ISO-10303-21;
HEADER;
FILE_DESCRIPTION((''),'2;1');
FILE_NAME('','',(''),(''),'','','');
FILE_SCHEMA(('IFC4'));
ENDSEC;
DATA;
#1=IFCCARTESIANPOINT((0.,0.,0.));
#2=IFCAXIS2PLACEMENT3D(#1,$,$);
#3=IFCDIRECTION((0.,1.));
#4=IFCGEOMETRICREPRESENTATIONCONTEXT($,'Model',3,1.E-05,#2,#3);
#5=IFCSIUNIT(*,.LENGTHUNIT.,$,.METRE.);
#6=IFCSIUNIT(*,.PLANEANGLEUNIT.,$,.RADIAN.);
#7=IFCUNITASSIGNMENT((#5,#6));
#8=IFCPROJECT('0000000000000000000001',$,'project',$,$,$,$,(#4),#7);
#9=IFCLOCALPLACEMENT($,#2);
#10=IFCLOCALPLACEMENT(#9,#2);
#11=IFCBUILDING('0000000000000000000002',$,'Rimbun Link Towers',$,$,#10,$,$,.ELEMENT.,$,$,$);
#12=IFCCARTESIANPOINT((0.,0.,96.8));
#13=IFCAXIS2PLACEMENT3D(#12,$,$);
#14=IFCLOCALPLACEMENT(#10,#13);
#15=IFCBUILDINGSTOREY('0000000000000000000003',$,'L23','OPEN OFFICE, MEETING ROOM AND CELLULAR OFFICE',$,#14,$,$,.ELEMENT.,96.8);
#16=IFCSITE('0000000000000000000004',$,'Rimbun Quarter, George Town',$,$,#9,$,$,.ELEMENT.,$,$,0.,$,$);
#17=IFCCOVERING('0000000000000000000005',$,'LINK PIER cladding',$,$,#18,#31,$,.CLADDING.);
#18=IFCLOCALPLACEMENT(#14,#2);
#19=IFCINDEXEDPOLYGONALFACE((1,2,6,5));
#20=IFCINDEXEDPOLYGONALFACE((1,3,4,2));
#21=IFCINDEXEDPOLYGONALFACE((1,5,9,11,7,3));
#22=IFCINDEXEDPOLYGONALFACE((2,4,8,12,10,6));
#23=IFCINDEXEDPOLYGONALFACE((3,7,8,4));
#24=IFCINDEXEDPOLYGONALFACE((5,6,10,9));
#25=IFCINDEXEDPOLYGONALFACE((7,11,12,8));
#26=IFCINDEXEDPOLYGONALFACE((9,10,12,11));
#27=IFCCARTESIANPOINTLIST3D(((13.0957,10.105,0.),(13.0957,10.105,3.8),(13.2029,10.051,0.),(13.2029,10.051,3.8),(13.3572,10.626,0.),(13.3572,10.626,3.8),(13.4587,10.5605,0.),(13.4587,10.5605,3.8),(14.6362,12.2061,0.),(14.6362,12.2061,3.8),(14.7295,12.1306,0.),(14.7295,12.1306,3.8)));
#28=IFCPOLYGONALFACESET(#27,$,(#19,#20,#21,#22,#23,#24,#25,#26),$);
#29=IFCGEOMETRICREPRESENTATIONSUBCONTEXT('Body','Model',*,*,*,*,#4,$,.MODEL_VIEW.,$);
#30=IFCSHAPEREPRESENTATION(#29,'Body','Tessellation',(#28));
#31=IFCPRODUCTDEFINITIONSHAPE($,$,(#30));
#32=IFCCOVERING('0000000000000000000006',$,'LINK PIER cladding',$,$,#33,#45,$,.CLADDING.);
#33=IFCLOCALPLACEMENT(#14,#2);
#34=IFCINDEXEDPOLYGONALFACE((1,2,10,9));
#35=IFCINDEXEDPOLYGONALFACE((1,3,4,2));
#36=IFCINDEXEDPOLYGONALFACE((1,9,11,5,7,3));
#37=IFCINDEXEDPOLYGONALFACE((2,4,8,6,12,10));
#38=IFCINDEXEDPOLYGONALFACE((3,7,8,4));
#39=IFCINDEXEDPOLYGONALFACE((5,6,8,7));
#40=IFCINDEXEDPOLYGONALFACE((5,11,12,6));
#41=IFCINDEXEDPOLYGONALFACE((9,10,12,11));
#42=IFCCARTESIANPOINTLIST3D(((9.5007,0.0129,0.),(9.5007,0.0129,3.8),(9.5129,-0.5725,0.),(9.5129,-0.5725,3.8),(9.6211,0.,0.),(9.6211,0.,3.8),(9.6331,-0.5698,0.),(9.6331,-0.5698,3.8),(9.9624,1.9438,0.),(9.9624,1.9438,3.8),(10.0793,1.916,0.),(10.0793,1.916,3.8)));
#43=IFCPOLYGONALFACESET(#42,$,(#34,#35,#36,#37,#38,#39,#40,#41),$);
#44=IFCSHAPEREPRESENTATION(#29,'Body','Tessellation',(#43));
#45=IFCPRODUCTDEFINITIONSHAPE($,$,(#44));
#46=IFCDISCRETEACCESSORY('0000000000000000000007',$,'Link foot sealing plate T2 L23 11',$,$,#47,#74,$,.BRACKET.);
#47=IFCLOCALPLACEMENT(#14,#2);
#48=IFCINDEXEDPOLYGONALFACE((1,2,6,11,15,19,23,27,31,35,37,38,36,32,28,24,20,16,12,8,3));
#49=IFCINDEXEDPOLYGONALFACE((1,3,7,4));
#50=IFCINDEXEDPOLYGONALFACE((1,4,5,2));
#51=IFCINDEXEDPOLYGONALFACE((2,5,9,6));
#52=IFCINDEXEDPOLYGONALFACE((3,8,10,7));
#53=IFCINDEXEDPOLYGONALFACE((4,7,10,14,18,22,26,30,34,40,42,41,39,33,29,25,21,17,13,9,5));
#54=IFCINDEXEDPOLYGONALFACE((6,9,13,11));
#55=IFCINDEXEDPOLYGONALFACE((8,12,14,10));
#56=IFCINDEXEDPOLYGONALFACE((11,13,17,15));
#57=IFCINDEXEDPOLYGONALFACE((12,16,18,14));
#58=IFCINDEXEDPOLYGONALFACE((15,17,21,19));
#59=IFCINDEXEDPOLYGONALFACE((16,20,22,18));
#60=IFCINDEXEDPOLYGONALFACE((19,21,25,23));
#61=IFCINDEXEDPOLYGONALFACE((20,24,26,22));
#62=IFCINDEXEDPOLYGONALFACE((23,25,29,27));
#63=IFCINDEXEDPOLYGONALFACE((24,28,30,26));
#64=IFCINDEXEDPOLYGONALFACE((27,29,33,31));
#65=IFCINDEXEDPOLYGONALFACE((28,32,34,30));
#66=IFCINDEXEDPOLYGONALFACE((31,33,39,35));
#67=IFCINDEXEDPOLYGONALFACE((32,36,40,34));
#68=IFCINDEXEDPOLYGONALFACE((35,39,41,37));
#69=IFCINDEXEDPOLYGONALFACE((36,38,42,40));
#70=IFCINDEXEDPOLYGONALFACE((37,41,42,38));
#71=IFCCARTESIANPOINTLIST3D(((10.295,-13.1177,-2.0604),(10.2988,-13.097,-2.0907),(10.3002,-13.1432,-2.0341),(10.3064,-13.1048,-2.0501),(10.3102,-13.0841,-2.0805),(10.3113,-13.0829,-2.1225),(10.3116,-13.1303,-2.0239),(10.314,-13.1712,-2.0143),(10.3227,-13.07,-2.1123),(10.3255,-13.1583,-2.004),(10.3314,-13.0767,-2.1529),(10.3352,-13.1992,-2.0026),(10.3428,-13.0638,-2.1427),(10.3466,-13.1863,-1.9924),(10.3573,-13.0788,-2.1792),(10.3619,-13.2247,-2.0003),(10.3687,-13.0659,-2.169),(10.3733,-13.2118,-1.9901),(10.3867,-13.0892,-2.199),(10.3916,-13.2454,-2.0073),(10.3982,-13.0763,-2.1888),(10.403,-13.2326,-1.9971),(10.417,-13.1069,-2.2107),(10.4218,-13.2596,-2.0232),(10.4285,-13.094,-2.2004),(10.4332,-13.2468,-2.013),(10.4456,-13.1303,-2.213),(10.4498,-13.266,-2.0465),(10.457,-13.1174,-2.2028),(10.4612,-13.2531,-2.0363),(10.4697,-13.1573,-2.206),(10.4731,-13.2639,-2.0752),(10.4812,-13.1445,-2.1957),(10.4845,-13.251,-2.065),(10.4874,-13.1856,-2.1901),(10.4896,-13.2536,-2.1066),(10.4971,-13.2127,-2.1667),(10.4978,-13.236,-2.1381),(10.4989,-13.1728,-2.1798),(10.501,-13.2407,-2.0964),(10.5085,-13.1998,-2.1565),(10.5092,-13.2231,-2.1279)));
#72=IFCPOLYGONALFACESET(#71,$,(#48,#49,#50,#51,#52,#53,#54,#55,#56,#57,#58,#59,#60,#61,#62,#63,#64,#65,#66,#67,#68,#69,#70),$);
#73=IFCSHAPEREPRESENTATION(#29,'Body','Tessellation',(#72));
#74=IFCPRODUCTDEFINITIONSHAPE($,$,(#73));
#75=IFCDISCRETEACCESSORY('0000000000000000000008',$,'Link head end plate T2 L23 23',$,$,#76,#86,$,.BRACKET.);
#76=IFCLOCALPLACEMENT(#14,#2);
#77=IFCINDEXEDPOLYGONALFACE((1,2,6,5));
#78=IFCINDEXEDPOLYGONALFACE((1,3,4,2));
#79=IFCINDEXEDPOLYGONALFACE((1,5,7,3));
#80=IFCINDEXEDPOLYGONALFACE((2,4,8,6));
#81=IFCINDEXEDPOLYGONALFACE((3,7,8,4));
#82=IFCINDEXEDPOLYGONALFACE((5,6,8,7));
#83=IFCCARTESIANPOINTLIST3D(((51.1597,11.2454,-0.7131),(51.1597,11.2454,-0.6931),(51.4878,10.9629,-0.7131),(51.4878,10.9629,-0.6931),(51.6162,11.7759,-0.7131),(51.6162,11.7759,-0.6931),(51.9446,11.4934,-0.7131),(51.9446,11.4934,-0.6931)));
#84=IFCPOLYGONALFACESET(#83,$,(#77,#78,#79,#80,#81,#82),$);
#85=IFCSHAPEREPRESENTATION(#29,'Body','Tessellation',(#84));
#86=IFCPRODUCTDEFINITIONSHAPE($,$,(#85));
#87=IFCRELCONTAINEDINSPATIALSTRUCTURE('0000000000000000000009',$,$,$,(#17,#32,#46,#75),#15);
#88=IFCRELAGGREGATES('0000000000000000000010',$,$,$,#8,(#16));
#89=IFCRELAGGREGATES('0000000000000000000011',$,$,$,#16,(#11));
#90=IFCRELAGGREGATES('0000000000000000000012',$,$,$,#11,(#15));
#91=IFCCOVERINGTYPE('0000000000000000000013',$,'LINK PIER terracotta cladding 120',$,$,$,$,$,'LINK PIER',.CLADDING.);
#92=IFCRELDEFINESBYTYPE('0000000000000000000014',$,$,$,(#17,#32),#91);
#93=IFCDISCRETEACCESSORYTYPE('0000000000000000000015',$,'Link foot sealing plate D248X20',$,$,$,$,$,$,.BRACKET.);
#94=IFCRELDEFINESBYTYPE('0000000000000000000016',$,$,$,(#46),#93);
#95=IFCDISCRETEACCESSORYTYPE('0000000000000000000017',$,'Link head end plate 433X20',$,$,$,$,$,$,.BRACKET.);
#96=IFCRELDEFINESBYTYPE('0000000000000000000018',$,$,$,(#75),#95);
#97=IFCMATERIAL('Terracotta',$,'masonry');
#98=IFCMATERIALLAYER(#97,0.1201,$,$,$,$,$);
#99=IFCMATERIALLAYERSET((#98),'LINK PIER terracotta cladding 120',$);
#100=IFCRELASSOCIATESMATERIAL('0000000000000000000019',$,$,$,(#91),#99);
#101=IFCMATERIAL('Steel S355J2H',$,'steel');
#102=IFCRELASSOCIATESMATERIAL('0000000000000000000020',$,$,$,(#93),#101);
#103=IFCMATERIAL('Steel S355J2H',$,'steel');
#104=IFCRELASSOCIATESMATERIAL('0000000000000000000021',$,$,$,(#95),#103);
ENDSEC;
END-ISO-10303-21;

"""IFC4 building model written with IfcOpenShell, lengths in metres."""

from ifc_helpers import new_model, si_unit, direction, frame, origin, origin_2d, place, context, subcontext, project, spatial, polyline, rectangle, circle, outline, extrude, material, layer, layer_set, material_profile, profile_set, type_object, element, save


model = new_model("IFC4")

# Units and contexts
model_context = context("Model", 3, precision=1e-05, world=origin(), true_north=direction((0.0, 1.0)))
body_context = subcontext(model_context, "Body", "Model", "MODEL_VIEW")
ifc_project = project(units=[si_unit("LENGTHUNIT", "METRE"), si_unit("PLANEANGLEUNIT", "RADIAN")], contexts=[model_context])

# Site, building, storey
site_placement = place(None, origin())
site = spatial("IfcSite", under=ifc_project, at=site_placement, Name="Rimbun Quarter, George Town", CompositionType="ELEMENT", RefElevation=0.0)
building_placement = place(site_placement, origin())
building = spatial("IfcBuilding", under=site, at=building_placement, Name="Rimbun Link Towers", CompositionType="ELEMENT")
storey_placement = place(building_placement, frame((0.0, 0.0, 96.8)))
storey = spatial("IfcBuildingStorey", under=building, at=storey_placement, Name="L23", Description="OPEN OFFICE, MEETING ROOM AND CELLULAR OFFICE", CompositionType="ELEMENT", Elevation=96.8)

# Coverings
ifc_material_1 = material(Name="Terracotta", Category="masonry")
ifc_layer_1 = layer(ifc_material_1, 0.1201)
ifc_layer_set_1 = layer_set([ifc_layer_1], Name="LINK PIER terracotta cladding 120")
covering_type_1 = type_object("IfcCoveringType", Name="LINK PIER terracotta cladding 120", ElementType="LINK PIER", PredefinedType="CLADDING", material=ifc_layer_set_1)
covering_1_placement = place(storey_placement, origin())
element("IfcCovering", 1, at=covering_1_placement, inside=storey, type_object=covering_type_1, Name="LINK PIER cladding", PredefinedType="CLADDING", context=body_context, shape_type="SweptSolid", body=[
    extrude(outline(polyline([(13.2029, 10.051), (13.4587, 10.5605), (14.7295, 12.1306), (14.6362, 12.2061), (13.3572, 10.626), (13.0957, 10.105), (13.2029, 10.051)])), origin(), (0.0, 0.0, 1.0), 3.8),
])
covering_2_placement = place(storey_placement, origin())
element("IfcCovering", 2, at=covering_2_placement, inside=storey, type_object=covering_type_1, Name="LINK PIER cladding", PredefinedType="CLADDING", context=body_context, shape_type="SweptSolid", body=[
    extrude(outline(polyline([(9.6331, -0.5698), (9.6211, 0.0), (10.0793, 1.916), (9.9624, 1.9438), (9.5007, 0.0129), (9.5129, -0.5725), (9.6331, -0.5698)])), origin(), (0.0, 0.0, 1.0), 3.8),
])

# Discrete accessories
ifc_material_2 = material(Name="Steel S355J2H", Category="steel")
ifc_material_profile_1 = material_profile(ifc_material_2, circle(Radius=0.124, at=origin_2d()), Name="PL D248")
ifc_profile_set_1 = profile_set([ifc_material_profile_1], Name="Steel S355J2H")
discrete_accessory_type_1 = type_object("IfcDiscreteAccessoryType", Name="Link foot sealing plate D248X20", PredefinedType="BRACKET", material=ifc_profile_set_1)
discrete_accessory_1_placement = place(storey_placement, frame((10.4082, -13.1584, -2.0964), z_axis=(-0.570715, -0.643572, -0.51), x_axis=(0.748188, -0.663487, 0.0)))
element("IfcDiscreteAccessory", 3, at=discrete_accessory_1_placement, inside=storey, type_object=discrete_accessory_type_1, Name="Link foot sealing plate T2 L23 11", PredefinedType="BRACKET", context=body_context, shape_type="SweptSolid", body=[
    extrude(circle(Radius=0.124, at=origin_2d()), origin(), (0.0, 0.0, 1.0), 0.02),
])
ifc_material_3 = material(Name="Steel S355J2H", Category="steel")
ifc_material_profile_2 = material_profile(ifc_material_3, rectangle(XDim=0.4331, YDim=0.4331, at=origin_2d()), Name="PL 433x433")
ifc_profile_set_2 = profile_set([ifc_material_profile_2], Name="Steel S355J2H")
discrete_accessory_type_2 = type_object("IfcDiscreteAccessoryType", Name="Link head end plate 433X20", PredefinedType="BRACKET", material=ifc_profile_set_2)
discrete_accessory_2_placement = place(storey_placement, frame((0.0, 0.0, -0.7131)))
element("IfcDiscreteAccessory", 4, at=discrete_accessory_2_placement, inside=storey, type_object=discrete_accessory_type_2, Name="Link head end plate T2 L23 23", PredefinedType="BRACKET", context=body_context, shape_type="SweptSolid", body=[
    extrude(outline(polyline([(51.4878, 10.9629), (51.9446, 11.4934), (51.6162, 11.7759), (51.1597, 11.2454), (51.4878, 10.9629)])), origin(), (0.0, 0.0, 1.0), 0.02),
])

save(model, "model.ifc")
